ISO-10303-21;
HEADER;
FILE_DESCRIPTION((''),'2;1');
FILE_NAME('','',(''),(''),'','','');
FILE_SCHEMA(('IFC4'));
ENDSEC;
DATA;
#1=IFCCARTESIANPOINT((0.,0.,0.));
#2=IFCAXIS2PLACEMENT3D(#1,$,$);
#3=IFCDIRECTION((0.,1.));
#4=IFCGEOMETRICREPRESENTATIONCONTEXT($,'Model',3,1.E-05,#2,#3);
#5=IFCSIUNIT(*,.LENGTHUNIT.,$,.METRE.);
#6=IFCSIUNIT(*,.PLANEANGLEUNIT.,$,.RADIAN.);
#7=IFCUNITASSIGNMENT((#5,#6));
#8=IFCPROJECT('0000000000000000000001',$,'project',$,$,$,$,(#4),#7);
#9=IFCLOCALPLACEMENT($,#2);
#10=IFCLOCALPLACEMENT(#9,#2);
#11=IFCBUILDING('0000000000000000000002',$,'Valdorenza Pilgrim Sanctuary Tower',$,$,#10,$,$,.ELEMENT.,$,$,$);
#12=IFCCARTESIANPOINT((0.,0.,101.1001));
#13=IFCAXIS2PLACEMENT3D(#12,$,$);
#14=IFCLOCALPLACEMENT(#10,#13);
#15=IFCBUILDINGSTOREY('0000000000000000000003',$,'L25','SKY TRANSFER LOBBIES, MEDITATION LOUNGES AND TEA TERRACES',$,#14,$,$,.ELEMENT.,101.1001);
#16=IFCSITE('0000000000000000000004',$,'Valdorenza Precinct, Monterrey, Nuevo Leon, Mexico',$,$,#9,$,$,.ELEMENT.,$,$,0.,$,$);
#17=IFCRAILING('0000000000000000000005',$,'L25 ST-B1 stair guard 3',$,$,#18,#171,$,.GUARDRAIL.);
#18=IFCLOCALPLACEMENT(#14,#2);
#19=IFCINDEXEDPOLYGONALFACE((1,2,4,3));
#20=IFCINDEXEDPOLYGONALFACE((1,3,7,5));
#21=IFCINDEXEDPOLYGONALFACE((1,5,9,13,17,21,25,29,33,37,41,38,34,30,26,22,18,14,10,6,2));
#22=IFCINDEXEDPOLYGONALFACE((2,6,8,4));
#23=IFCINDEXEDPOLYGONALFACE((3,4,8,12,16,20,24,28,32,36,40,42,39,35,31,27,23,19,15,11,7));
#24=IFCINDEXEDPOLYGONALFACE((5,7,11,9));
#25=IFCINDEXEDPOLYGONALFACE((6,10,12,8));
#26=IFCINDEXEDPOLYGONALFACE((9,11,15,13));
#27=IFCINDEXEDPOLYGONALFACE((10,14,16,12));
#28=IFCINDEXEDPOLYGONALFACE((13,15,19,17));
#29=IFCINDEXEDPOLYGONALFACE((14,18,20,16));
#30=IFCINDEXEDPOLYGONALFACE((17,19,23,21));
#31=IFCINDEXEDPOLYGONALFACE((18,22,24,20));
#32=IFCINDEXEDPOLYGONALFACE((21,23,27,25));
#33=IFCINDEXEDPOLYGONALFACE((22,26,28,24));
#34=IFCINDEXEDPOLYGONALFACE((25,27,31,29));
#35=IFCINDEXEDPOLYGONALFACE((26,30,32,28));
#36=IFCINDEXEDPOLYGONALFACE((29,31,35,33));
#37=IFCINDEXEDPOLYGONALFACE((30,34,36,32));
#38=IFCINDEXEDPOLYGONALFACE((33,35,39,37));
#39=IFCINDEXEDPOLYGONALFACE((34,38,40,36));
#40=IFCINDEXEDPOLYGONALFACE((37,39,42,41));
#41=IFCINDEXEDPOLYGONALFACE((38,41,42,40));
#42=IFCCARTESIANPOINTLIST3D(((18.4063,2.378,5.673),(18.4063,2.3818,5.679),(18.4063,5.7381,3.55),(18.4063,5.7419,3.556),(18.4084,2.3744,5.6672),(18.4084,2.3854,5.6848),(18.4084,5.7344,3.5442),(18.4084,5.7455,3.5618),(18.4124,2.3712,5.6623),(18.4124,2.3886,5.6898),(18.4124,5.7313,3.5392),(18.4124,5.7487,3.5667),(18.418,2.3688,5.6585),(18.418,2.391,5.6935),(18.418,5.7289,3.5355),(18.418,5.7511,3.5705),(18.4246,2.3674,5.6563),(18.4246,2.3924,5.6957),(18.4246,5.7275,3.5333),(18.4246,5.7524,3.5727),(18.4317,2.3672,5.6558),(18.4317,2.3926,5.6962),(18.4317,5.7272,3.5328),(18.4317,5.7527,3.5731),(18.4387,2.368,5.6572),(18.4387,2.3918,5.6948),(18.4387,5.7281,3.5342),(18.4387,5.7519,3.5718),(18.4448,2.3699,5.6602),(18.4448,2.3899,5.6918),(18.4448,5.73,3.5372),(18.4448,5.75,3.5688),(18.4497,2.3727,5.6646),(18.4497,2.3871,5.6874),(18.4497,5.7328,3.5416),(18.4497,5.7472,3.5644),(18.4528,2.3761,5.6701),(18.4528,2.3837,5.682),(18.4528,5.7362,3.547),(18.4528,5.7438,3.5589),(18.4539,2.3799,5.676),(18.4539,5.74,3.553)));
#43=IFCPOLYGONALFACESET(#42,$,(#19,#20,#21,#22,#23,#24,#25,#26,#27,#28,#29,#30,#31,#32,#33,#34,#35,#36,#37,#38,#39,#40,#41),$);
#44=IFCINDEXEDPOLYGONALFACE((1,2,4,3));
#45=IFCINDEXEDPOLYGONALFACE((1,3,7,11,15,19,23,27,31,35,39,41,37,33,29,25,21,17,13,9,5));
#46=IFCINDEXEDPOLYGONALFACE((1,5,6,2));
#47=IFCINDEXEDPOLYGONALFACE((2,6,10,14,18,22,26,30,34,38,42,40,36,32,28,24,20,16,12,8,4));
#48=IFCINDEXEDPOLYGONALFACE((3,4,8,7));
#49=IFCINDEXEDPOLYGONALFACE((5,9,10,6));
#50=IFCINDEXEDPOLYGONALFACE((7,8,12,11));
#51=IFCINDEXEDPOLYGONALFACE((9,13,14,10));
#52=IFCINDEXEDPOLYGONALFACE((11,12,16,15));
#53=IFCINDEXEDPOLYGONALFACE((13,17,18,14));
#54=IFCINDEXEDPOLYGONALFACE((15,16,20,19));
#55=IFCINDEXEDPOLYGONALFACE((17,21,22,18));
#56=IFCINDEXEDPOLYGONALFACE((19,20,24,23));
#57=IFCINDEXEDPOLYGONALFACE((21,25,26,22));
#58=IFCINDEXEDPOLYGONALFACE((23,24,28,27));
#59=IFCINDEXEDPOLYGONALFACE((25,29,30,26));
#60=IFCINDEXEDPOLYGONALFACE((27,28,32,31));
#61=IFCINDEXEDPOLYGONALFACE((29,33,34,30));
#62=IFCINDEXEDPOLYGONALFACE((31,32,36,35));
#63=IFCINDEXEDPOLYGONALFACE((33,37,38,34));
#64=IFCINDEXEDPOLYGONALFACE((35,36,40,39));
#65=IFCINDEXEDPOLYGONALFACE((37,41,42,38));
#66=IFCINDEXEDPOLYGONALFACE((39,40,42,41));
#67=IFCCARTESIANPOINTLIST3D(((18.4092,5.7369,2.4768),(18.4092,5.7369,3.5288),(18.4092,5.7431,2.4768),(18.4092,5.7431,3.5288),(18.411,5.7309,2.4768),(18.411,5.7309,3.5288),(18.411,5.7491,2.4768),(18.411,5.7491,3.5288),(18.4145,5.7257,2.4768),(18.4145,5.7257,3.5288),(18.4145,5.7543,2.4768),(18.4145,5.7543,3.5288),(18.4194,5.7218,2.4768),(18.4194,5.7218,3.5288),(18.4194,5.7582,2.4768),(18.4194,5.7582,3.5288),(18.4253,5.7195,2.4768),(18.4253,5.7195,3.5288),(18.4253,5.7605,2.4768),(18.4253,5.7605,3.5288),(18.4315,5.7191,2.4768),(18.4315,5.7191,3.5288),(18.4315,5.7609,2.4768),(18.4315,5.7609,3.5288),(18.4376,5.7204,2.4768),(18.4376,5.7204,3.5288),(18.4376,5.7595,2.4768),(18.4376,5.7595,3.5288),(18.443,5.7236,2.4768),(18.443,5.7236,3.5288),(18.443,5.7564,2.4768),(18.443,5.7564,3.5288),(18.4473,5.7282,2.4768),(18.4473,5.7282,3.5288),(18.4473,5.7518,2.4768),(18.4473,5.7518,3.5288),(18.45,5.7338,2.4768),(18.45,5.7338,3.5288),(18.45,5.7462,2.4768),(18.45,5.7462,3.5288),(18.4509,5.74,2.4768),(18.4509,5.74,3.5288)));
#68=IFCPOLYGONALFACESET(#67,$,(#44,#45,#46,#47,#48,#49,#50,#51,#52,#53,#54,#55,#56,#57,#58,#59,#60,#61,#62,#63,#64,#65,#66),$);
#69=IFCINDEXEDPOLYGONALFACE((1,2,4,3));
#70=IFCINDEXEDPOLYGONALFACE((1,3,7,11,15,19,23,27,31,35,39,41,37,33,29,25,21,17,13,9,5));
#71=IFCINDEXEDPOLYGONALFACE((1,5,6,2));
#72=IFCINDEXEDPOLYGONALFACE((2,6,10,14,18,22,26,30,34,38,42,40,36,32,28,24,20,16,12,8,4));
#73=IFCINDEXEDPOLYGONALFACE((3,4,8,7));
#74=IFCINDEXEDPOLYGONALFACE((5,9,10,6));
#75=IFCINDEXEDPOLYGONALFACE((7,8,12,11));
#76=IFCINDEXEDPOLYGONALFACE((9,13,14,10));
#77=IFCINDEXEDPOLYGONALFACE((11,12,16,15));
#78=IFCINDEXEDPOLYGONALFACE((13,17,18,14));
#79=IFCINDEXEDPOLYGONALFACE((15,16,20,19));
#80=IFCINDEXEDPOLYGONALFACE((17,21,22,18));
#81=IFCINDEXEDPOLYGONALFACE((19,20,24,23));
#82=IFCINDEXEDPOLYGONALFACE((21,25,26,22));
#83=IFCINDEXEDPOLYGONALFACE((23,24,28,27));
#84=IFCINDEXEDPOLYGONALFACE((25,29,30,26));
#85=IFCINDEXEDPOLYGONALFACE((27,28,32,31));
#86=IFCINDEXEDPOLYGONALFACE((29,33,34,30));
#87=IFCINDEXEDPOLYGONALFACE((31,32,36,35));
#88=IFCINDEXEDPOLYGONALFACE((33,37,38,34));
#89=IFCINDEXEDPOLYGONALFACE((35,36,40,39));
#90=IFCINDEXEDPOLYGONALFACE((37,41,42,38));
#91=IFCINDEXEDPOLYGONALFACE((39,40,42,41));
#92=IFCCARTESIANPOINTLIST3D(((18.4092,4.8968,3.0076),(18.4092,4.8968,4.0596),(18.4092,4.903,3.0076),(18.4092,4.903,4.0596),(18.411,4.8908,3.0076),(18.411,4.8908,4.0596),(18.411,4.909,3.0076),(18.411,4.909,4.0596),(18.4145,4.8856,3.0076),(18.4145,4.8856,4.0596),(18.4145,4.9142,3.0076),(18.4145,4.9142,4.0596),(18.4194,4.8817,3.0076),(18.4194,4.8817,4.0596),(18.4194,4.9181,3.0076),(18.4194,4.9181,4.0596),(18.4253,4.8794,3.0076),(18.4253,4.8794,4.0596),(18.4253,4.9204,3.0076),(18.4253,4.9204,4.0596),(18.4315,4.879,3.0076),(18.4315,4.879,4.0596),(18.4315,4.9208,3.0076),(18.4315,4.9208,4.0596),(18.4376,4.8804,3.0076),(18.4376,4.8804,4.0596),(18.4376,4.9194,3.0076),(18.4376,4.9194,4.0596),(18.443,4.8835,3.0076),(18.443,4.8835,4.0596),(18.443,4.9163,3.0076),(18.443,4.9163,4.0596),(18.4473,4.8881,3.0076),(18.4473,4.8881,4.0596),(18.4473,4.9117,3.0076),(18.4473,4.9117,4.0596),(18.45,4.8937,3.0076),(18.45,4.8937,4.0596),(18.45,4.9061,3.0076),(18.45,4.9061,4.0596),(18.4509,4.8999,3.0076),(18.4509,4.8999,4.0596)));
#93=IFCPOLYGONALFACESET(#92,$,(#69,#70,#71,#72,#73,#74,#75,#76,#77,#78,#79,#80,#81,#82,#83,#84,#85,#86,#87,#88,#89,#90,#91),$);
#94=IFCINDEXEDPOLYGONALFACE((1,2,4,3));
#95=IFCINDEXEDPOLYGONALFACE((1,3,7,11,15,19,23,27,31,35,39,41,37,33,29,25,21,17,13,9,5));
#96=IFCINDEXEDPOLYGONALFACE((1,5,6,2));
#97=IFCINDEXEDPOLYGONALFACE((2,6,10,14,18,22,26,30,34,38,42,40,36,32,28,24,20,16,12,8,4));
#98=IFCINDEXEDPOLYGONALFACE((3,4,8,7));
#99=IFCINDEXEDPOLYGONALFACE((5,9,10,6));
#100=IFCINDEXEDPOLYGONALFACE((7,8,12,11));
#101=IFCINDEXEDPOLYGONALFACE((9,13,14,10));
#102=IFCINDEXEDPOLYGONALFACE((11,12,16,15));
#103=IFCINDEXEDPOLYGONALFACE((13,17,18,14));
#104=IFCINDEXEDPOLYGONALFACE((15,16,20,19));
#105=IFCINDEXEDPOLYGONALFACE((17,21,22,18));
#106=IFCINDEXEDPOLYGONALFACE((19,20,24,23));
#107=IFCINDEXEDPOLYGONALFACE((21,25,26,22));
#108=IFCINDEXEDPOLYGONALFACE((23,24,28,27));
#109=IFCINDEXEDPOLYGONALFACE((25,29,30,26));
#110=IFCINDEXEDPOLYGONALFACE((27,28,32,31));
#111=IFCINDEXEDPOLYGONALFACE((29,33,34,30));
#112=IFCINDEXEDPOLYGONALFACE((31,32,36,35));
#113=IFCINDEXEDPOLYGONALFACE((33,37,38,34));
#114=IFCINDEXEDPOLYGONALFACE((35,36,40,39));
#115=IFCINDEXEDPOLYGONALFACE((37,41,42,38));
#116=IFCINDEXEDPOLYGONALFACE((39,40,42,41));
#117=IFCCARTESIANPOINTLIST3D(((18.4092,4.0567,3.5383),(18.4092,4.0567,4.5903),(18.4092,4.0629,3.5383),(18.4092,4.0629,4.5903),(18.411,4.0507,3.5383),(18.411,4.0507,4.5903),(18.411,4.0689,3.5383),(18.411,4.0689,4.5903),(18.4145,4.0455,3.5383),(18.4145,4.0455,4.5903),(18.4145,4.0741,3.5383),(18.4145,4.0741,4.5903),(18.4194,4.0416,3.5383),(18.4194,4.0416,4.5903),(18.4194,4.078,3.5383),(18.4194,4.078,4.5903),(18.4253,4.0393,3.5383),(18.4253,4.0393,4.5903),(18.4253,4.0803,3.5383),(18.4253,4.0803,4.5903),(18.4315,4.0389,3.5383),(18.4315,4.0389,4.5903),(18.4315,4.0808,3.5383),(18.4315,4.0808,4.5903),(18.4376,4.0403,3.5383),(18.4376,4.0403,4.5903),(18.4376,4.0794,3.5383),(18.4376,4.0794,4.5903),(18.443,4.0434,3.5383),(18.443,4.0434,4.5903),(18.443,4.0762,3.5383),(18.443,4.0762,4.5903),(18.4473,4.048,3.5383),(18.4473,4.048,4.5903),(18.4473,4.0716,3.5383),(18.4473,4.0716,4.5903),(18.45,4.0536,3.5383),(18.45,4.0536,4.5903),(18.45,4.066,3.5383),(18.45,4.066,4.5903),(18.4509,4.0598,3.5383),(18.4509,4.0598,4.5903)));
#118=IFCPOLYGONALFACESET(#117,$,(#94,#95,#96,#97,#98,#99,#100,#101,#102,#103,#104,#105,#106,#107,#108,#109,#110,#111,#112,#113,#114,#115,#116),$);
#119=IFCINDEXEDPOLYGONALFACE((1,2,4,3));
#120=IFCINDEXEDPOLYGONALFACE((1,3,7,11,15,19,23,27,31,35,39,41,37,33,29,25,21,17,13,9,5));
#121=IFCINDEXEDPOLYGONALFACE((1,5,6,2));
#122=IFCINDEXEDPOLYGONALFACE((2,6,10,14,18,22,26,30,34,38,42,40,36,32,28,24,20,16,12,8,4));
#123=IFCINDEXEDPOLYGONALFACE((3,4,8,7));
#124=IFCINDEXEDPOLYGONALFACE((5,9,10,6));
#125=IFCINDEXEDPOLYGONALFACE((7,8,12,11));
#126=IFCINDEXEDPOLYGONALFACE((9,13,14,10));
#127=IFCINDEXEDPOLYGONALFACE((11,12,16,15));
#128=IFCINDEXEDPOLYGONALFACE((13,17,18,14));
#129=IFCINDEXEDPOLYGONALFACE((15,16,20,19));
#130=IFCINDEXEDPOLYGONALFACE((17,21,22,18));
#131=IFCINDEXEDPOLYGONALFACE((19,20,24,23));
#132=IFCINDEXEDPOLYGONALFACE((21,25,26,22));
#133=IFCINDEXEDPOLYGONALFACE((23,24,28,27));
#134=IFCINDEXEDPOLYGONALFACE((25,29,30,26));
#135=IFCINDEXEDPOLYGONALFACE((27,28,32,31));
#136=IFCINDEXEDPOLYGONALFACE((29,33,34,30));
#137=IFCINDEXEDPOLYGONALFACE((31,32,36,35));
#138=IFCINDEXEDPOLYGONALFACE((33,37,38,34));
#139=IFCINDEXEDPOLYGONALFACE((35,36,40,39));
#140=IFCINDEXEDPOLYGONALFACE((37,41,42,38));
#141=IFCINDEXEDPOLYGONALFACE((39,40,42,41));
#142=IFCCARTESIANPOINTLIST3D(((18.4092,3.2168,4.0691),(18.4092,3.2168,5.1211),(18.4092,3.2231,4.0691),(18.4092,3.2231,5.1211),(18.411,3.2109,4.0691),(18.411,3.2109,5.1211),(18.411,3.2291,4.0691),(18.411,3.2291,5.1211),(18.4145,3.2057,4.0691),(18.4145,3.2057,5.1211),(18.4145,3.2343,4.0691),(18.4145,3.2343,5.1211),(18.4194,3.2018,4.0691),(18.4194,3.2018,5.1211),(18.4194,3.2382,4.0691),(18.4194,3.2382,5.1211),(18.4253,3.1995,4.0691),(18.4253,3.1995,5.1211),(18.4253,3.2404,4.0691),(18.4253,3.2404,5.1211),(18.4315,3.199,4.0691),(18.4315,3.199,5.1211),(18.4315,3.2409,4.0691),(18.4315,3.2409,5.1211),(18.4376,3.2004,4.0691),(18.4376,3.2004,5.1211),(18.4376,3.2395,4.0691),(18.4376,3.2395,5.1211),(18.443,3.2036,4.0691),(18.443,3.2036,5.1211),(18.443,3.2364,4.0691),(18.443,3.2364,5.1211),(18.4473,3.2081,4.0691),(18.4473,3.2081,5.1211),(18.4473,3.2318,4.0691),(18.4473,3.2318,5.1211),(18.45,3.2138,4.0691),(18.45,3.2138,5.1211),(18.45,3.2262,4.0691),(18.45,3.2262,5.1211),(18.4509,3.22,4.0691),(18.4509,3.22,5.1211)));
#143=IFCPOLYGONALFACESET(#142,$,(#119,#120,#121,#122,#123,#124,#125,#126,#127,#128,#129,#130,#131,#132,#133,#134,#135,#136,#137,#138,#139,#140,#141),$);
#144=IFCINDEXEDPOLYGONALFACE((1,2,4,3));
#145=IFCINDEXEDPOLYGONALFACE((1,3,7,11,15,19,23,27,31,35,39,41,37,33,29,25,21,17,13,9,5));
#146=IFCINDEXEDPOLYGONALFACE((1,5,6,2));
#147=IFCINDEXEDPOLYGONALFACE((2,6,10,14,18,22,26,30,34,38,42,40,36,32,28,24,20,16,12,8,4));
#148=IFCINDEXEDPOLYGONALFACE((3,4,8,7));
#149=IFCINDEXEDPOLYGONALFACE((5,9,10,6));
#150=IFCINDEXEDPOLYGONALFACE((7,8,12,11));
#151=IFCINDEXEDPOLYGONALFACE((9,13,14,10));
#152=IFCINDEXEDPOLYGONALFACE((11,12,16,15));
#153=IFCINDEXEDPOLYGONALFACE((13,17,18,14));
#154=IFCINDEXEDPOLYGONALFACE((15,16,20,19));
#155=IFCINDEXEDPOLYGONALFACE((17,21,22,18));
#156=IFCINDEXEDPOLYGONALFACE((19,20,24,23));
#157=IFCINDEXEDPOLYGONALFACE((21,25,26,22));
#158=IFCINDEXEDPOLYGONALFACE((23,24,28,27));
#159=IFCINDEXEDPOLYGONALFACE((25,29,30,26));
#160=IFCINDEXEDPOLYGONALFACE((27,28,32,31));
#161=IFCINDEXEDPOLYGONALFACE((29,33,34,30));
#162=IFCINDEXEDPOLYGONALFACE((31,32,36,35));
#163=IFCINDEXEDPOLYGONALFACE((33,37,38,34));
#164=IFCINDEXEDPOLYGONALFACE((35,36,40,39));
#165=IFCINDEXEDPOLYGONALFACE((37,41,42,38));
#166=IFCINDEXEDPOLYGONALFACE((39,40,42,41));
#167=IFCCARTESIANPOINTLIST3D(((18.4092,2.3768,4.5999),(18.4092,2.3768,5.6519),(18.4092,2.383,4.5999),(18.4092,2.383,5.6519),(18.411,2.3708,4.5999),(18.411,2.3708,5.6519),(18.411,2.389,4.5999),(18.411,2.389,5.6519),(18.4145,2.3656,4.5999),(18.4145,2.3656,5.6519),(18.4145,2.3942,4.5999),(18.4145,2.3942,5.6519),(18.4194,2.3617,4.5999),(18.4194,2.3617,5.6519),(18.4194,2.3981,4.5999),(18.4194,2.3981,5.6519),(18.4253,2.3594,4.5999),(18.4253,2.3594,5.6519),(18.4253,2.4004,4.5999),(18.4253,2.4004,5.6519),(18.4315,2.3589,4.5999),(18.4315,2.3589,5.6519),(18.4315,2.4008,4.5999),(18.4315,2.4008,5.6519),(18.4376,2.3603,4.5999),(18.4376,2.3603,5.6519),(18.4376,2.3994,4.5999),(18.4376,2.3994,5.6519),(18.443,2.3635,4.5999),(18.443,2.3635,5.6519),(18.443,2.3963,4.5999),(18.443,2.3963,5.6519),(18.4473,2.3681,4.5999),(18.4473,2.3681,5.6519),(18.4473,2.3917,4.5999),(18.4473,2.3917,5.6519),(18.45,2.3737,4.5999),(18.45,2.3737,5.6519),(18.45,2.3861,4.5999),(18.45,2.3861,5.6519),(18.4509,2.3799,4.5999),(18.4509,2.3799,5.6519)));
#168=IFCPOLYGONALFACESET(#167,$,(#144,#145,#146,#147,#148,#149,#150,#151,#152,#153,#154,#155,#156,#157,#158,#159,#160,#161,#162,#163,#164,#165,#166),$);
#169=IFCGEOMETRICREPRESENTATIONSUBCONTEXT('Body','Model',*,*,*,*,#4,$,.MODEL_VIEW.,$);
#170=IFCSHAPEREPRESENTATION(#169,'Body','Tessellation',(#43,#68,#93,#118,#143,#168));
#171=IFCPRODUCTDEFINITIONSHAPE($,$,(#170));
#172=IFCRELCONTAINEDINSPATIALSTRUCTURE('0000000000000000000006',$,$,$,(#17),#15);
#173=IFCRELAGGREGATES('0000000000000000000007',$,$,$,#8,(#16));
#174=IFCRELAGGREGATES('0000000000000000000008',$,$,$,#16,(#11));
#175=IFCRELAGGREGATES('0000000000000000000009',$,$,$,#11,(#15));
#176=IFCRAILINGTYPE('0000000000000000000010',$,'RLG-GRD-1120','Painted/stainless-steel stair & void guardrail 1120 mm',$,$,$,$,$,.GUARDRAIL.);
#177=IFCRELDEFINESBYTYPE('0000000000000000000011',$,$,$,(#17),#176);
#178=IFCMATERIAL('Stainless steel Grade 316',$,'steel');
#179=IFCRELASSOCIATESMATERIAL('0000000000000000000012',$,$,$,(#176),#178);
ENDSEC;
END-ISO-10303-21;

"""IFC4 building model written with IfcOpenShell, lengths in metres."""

from ifc_helpers import new_model, si_unit, direction, frame, origin, origin_2d, place, context, subcontext, project, spatial, circle, extrude, material, type_object, element, save


model = new_model("IFC4")

# Units and contexts
model_context = context("Model", 3, precision=1e-05, world=origin(), true_north=direction((0.0, 1.0)))
body_context = subcontext(model_context, "Body", "Model", "MODEL_VIEW")
ifc_project = project(units=[si_unit("LENGTHUNIT", "METRE"), si_unit("PLANEANGLEUNIT", "RADIAN")], contexts=[model_context])

# Site, building, storey
site_placement = place(None, origin())
site = spatial("IfcSite", under=ifc_project, at=site_placement, Name="Valdorenza Precinct, Monterrey, Nuevo Leon, Mexico", CompositionType="ELEMENT", RefElevation=0.0)
building_placement = place(site_placement, origin())
building = spatial("IfcBuilding", under=site, at=building_placement, Name="Valdorenza Pilgrim Sanctuary Tower", CompositionType="ELEMENT")
storey_placement = place(building_placement, frame((0.0, 0.0, 101.1001)))
storey = spatial("IfcBuildingStorey", under=building, at=storey_placement, Name="L25", Description="SKY TRANSFER LOBBIES, MEDITATION LOUNGES AND TEA TERRACES", CompositionType="ELEMENT", Elevation=101.1001)

# Railing
ifc_material_1 = material(Name="Stainless steel Grade 316", Category="steel")
railing_type_1 = type_object("IfcRailingType", Name="RLG-GRD-1120", Description="Painted/stainless-steel stair & void guardrail 1120 mm", PredefinedType="GUARDRAIL", material=ifc_material_1)
railing_1_placement = place(storey_placement, frame((18.4299, 5.74, 2.4768)))
element("IfcRailing", 1, at=railing_1_placement, inside=storey, type_object=railing_type_1, Name="L25 ST-B1 stair guard 3", PredefinedType="GUARDRAIL", context=body_context, shape_type="SweptSolid", body=[
    extrude(circle(Radius=0.0239, at=origin_2d()), frame((0.0, 0.0, 1.0762), z_axis=(0.0, -0.84539, 0.53415), x_axis=(1.0, 0.0, 0.0)), (0.0, 0.0, 1.0), 3.9746),
    extrude(circle(Radius=0.021, at=origin_2d()), origin(), (0.0, 0.0, 1.0), 1.052),
    extrude(circle(Radius=0.021, at=origin_2d()), frame((0.0, -0.8401, 0.5308)), (0.0, 0.0, 1.0), 1.052),
    extrude(circle(Radius=0.021, at=origin_2d()), frame((0.0, -1.6802, 1.0615)), (0.0, 0.0, 1.0), 1.052),
    extrude(circle(Radius=0.021, at=origin_2d()), frame((0.0, -2.52, 1.5923)), (0.0, 0.0, 1.0), 1.052),
    extrude(circle(Radius=0.021, at=origin_2d()), frame((0.0, -3.3601, 2.123)), (0.0, 0.0, 1.0), 1.052),
])

save(model, "model.ifc")
